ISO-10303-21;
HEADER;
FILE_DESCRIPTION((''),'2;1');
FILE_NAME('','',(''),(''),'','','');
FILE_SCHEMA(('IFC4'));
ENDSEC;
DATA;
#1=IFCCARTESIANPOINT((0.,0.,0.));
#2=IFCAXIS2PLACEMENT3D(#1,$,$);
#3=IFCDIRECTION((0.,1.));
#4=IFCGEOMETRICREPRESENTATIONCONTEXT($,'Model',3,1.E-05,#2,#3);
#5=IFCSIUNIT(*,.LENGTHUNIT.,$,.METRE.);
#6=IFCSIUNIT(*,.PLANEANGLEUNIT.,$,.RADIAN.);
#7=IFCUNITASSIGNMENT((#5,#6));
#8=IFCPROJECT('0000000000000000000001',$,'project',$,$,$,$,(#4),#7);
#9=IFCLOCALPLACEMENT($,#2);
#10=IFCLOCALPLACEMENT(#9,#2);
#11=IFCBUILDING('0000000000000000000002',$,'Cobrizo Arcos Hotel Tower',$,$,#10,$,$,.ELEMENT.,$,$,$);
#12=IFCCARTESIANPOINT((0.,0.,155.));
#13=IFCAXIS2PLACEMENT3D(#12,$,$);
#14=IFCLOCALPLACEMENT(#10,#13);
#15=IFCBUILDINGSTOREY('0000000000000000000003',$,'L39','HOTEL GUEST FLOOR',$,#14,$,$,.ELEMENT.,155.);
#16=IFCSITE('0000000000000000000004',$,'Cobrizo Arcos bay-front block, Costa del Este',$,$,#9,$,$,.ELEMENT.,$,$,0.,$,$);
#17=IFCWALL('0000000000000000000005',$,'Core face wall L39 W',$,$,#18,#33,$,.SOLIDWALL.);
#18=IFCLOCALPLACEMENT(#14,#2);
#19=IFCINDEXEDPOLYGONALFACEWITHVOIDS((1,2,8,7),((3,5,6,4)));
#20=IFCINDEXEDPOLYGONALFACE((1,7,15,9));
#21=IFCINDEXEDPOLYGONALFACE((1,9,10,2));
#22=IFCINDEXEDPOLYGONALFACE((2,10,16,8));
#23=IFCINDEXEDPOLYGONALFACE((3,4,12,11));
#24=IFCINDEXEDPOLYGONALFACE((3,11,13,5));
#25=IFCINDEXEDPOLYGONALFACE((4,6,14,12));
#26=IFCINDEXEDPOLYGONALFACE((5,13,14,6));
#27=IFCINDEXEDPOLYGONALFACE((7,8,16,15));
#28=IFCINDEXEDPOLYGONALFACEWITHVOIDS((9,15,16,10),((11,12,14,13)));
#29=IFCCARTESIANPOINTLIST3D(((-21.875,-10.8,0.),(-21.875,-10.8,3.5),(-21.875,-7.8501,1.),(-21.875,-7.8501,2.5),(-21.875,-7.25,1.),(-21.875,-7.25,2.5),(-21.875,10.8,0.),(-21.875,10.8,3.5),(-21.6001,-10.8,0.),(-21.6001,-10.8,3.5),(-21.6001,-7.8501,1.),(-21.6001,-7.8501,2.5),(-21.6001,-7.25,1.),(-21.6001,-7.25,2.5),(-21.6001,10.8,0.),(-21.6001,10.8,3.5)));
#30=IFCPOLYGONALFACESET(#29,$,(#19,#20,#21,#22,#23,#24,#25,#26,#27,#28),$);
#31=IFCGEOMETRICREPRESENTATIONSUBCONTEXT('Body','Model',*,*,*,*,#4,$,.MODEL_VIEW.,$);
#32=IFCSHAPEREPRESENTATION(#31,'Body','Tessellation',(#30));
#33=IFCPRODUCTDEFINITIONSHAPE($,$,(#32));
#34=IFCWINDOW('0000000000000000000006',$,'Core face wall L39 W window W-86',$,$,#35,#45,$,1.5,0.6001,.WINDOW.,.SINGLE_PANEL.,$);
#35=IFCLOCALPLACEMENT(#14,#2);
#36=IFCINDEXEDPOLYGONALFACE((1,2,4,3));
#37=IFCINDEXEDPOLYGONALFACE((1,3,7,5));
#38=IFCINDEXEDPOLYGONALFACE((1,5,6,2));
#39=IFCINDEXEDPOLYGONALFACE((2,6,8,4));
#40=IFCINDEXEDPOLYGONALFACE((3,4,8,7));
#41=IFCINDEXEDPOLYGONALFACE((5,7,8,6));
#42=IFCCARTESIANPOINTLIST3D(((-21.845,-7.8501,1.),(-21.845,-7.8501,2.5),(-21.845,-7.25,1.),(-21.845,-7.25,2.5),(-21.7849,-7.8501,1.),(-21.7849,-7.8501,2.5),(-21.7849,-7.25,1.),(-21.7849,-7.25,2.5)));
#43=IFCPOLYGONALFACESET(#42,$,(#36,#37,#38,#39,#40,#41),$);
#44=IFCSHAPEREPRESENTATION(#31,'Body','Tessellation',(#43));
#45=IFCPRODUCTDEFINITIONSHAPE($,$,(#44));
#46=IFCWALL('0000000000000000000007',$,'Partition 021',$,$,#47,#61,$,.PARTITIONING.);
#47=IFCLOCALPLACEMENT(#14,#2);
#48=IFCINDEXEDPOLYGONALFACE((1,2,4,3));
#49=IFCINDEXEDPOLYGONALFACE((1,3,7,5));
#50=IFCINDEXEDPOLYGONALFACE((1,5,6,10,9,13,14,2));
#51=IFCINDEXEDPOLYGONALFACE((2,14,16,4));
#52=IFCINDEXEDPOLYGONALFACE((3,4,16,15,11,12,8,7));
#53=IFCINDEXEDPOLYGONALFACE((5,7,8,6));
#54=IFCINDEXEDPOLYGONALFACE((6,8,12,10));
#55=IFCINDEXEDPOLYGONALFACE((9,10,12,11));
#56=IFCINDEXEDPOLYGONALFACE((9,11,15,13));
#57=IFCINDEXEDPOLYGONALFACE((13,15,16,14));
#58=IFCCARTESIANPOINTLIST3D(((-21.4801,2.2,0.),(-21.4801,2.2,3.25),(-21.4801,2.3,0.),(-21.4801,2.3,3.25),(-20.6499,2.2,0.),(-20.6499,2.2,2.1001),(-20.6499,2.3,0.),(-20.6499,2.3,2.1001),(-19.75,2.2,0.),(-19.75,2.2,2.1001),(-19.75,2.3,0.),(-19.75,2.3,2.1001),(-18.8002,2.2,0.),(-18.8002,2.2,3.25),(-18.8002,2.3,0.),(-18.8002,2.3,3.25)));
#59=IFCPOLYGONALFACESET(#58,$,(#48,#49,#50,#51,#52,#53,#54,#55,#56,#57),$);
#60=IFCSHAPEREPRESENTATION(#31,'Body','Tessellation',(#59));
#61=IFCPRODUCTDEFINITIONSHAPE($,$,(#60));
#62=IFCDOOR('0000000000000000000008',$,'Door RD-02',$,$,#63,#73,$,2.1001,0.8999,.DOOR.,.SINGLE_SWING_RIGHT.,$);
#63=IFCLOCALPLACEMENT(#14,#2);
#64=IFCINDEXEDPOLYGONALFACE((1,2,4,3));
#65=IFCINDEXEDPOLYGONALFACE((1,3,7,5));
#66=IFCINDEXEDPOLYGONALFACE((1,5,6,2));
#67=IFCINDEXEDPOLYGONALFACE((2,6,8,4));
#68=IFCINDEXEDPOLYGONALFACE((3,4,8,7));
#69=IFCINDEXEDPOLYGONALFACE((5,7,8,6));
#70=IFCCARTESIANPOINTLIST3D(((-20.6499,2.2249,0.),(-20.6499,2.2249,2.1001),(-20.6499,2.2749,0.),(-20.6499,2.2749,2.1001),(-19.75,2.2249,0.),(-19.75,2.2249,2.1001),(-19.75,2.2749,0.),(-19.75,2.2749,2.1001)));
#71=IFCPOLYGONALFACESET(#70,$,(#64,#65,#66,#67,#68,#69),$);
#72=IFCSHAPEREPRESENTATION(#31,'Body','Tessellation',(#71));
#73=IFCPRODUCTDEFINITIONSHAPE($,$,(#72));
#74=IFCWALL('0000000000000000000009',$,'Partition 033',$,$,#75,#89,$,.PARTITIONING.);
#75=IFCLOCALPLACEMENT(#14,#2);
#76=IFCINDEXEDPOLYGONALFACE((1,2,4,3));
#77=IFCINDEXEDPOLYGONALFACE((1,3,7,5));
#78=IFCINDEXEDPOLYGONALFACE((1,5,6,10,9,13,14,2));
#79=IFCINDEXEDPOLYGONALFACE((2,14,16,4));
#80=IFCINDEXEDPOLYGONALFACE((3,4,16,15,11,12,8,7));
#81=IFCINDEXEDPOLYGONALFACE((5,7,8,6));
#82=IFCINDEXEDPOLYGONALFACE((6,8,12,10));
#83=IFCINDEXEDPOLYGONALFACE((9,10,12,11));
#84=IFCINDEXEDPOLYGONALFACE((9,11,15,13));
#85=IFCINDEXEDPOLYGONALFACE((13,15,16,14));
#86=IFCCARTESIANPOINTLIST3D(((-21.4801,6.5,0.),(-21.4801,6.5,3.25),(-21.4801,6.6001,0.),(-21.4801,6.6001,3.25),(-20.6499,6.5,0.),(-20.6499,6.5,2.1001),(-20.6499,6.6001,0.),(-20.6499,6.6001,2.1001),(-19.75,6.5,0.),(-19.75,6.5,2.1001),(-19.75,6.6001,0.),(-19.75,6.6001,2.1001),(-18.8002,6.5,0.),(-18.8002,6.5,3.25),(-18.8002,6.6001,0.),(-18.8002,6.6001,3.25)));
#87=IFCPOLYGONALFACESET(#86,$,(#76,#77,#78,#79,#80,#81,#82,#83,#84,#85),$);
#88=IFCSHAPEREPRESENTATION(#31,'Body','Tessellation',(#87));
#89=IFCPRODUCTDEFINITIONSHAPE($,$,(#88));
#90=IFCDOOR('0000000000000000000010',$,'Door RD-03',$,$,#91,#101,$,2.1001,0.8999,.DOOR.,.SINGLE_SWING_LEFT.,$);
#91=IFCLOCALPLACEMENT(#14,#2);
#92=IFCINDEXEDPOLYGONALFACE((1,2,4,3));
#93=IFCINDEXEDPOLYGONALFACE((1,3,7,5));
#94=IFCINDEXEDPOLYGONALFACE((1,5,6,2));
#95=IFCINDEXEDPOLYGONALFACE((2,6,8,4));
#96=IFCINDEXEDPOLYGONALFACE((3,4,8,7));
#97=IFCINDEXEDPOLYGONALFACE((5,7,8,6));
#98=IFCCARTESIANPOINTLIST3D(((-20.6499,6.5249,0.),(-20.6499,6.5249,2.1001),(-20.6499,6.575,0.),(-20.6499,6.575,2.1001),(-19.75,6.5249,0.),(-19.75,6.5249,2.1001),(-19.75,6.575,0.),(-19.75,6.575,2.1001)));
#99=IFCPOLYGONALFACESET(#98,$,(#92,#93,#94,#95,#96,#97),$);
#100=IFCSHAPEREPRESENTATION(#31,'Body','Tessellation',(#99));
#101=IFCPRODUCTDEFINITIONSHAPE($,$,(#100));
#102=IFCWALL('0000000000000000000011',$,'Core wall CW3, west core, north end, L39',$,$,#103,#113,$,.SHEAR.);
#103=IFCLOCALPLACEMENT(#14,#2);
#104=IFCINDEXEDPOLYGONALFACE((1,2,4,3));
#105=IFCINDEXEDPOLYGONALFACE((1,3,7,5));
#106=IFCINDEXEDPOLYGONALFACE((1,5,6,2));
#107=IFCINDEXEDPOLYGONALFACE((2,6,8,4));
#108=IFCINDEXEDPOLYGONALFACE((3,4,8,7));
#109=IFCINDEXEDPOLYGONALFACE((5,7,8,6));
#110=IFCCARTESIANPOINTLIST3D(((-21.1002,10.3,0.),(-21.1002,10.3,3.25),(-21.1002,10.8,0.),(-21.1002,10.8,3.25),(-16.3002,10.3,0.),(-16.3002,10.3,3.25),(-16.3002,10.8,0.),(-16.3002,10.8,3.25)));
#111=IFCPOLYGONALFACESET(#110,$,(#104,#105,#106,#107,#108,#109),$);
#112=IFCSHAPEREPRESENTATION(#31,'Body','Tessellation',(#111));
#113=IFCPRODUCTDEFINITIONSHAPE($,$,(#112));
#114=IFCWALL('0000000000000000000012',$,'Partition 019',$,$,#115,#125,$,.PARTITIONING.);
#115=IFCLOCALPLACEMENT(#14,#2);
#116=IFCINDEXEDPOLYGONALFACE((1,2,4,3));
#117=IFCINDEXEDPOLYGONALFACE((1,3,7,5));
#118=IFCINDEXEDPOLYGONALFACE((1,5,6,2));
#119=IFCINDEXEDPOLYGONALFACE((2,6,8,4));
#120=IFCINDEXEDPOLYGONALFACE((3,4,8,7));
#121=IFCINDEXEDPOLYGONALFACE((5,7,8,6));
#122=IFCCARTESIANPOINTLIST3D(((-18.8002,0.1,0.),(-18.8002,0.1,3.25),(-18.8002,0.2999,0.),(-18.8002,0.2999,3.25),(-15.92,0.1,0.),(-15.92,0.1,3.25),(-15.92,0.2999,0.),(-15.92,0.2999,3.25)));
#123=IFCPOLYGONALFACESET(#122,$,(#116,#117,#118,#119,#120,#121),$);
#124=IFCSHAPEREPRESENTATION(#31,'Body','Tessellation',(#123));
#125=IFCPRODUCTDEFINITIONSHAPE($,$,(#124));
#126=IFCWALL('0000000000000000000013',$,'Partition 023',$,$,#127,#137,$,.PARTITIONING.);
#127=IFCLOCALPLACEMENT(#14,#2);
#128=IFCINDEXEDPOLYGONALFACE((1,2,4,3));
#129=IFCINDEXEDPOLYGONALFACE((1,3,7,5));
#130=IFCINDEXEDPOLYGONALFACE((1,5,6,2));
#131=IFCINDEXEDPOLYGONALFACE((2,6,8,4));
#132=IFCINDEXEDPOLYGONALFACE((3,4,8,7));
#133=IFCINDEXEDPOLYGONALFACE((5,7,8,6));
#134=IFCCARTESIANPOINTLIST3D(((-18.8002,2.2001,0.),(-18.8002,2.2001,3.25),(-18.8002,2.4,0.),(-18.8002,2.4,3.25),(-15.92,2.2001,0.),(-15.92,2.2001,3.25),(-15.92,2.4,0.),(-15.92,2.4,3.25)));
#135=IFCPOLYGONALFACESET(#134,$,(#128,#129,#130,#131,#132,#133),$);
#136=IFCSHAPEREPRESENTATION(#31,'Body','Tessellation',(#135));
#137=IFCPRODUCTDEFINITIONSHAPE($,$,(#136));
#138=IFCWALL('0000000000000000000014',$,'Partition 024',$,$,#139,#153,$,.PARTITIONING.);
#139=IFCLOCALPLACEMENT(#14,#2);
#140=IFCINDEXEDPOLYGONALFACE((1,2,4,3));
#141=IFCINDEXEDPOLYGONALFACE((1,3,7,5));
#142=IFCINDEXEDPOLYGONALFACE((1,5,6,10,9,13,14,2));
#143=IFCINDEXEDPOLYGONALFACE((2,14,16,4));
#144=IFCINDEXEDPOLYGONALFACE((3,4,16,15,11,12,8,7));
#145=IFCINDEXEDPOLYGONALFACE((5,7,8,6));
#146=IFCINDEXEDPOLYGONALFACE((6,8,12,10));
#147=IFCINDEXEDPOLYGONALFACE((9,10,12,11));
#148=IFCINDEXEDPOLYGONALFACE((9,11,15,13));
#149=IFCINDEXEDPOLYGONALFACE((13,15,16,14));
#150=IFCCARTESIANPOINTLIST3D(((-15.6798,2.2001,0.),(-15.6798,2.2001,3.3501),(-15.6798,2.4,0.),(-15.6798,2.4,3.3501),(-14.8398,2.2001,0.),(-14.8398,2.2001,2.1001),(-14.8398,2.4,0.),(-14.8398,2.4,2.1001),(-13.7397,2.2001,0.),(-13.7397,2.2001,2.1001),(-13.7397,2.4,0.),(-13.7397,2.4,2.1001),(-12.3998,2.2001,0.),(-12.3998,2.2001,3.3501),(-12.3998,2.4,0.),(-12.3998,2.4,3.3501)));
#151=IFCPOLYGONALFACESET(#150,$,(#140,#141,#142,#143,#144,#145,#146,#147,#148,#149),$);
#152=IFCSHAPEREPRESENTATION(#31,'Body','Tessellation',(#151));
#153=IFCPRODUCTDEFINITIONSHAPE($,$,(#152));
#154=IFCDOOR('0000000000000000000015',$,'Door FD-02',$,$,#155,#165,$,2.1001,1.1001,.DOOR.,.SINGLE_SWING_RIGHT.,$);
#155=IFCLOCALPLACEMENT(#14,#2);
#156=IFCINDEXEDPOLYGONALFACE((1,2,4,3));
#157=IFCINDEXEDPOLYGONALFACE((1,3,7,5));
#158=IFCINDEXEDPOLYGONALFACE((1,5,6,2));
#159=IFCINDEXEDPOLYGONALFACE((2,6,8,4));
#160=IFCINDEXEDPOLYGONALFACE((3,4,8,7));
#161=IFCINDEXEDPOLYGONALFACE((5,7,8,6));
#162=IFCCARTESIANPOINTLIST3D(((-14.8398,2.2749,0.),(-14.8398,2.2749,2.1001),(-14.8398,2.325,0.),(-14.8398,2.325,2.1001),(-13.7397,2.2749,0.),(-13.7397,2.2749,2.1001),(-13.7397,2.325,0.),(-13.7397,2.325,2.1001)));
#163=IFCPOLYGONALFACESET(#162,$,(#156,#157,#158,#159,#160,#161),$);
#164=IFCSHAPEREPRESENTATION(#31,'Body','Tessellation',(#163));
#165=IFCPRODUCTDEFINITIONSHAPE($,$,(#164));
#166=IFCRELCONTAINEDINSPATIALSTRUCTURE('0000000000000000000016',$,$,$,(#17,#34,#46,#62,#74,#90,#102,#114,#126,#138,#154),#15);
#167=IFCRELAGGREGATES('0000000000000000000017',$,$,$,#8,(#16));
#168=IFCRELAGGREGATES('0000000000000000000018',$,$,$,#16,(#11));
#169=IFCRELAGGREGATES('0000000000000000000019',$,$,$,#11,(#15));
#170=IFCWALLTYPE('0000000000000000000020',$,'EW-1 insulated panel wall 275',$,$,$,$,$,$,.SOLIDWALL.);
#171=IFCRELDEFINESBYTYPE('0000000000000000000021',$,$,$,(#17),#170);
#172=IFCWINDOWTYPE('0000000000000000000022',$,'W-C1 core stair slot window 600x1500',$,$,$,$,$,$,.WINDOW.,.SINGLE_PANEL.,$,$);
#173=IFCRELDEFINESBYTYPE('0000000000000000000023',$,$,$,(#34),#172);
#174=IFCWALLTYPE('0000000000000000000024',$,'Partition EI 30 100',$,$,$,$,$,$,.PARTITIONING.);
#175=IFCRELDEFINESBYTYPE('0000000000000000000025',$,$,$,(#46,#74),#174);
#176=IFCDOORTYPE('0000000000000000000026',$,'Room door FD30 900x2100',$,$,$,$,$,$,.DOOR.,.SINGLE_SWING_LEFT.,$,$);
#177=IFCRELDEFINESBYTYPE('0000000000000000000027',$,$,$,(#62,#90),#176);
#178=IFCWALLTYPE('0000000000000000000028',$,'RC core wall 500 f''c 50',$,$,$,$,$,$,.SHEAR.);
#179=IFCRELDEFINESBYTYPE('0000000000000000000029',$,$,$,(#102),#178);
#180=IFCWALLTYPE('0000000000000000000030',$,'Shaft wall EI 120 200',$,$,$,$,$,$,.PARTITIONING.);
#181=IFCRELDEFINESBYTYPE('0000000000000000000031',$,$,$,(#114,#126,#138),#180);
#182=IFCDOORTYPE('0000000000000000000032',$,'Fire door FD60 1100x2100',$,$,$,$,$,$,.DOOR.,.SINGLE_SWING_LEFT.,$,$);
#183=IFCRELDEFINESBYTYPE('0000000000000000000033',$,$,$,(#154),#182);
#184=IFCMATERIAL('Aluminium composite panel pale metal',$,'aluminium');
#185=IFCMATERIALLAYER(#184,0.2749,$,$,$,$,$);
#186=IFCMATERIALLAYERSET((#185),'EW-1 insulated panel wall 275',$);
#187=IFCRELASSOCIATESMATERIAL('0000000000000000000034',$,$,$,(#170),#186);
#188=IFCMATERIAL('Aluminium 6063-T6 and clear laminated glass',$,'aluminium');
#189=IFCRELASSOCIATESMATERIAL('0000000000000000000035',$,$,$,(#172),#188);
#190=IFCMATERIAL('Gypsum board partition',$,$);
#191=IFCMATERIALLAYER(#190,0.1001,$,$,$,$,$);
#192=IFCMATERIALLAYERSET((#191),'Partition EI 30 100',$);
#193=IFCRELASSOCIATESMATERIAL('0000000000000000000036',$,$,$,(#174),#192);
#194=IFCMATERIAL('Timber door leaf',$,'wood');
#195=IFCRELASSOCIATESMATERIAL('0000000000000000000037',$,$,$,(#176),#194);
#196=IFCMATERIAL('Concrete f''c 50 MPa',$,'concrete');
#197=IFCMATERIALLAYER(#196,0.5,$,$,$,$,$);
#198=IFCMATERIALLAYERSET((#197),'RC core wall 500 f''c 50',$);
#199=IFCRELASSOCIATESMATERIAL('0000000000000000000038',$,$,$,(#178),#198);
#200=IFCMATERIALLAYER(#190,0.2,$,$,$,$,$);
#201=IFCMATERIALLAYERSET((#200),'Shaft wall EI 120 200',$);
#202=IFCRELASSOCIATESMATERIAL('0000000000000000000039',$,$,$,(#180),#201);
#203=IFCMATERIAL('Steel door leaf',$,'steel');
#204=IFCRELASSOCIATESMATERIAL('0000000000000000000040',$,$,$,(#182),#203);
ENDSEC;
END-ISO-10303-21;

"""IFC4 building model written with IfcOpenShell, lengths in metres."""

from ifc_helpers import new_model, si_unit, direction, frame, frame_2d, origin, place, context, subcontext, project, spatial, rectangle, extrude, material, layer, layer_set, type_object, element, fill, save


model = new_model("IFC4")

# Units and contexts
model_context = context("Model", 3, precision=1e-05, world=origin(), true_north=direction((0.0, 1.0)))
body_context = subcontext(model_context, "Body", "Model", "MODEL_VIEW")
ifc_project = project(units=[si_unit("LENGTHUNIT", "METRE"), si_unit("PLANEANGLEUNIT", "RADIAN")], contexts=[model_context])

# Site, building, storey
site_placement = place(None, origin())
site = spatial("IfcSite", under=ifc_project, at=site_placement, Name="Cobrizo Arcos bay-front block, Costa del Este", CompositionType="ELEMENT", RefElevation=0.0)
building_placement = place(site_placement, origin())
building = spatial("IfcBuilding", under=site, at=building_placement, Name="Cobrizo Arcos Hotel Tower", CompositionType="ELEMENT")
storey_placement = place(building_placement, frame((0.0, 0.0, 155.0)))
storey = spatial("IfcBuildingStorey", under=building, at=storey_placement, Name="L39", Description="HOTEL GUEST FLOOR", CompositionType="ELEMENT", Elevation=155.0)

# Shared definitions
ifc_material_1 = material(Name="Aluminium composite panel pale metal", Category="aluminium")

# Shared definitions
ifc_material_2 = material(Name="Gypsum board partition")
ifc_material_3 = material(Name="Timber door leaf", Category="wood")

# Wall, opening, window
ifc_layer_1 = layer(ifc_material_1, 0.2749)
ifc_layer_set_1 = layer_set([ifc_layer_1], Name="EW-1 insulated panel wall 275")
wall_type_1 = type_object("IfcWallType", Name="EW-1 insulated panel wall 275", PredefinedType="SOLIDWALL", material=ifc_layer_set_1)
wall_1_placement = place(storey_placement, frame((-21.7375, 10.8, 0.0), z_axis=(0.0, 0.0, 1.0), x_axis=(0.0, -1.0, 0.0)))
wall_1 = element("IfcWall", 1, at=wall_1_placement, inside=storey, type_object=wall_type_1, Name="Core face wall L39 W", PredefinedType="SOLIDWALL", context=body_context, shape_type="SweptSolid", body=[
    extrude(rectangle(XDim=21.6001, YDim=0.2749, at=frame_2d((10.8, 0.0))), origin(), (0.0, 0.0, 1.0), 3.5),
])
opening_1_placement = place(wall_1_placement, frame((18.05, 0.0, 1.0)))
opening_1 = element("IfcOpeningElement", 2, at=opening_1_placement, cuts=wall_1, PredefinedType="OPENING", context=body_context, shape_type="SweptSolid", body=[
    extrude(rectangle(XDim=0.6001, YDim=1.5, at=frame_2d((0.3, 0.75))), frame((0.0, 0.1494, 0.0), z_axis=(0.0, -1.0, 0.0), x_axis=(1.0, 0.0, 0.0)), (0.0, 0.0, 1.0), 0.2988),
])
ifc_material_4 = material(Name="Aluminium 6063-T6 and clear laminated glass", Category="aluminium")
window_type = type_object("IfcWindowType", Name="W-C1 core stair slot window 600x1500", PartitioningType="SINGLE_PANEL", PredefinedType="WINDOW", material=ifc_material_4)
window_placement = place(opening_1_placement, origin())
window = element("IfcWindow", 3, at=window_placement, inside=storey, type_object=window_type, Name="Core face wall L39 W window W-86", OverallHeight=1.5, OverallWidth=0.6001, PartitioningType="SINGLE_PANEL", PredefinedType="WINDOW", context=body_context, shape_type="SweptSolid", body=[
    extrude(rectangle(XDim=0.6001, YDim=1.5, at=frame_2d((0.3, 0.75))), frame((0.0, -0.0474, 0.0), z_axis=(0.0, -1.0, 0.0), x_axis=(1.0, 0.0, 0.0)), (0.0, 0.0, 1.0), 0.0601),
])
fill(opening_1, window)

# Walls, openings, doors
ifc_layer_2 = layer(ifc_material_2, 0.1001)
ifc_layer_set_2 = layer_set([ifc_layer_2], Name="Partition EI 30 100")
wall_type_2 = type_object("IfcWallType", Name="Partition EI 30 100", PredefinedType="PARTITIONING", material=ifc_layer_set_2)
wall_2_placement = place(storey_placement, frame((-21.48, 2.25, 0.0), z_axis=(0.0, 0.0, 1.0), x_axis=(1.0, 0.0, 0.0)))
wall_2 = element("IfcWall", 4, at=wall_2_placement, inside=storey, type_object=wall_type_2, Name="Partition 021", PredefinedType="PARTITIONING", context=body_context, shape_type="SweptSolid", body=[
    extrude(rectangle(XDim=2.6799, YDim=0.1001, at=frame_2d((1.3398, 0.0))), origin(), (0.0, 0.0, 1.0), 3.25),
])
opening_2_placement = place(wall_2_placement, frame((0.8301, 0.0, 0.0)))
opening_2 = element("IfcOpeningElement", 5, at=opening_2_placement, cuts=wall_2, PredefinedType="OPENING", context=body_context, shape_type="SweptSolid", body=[
    extrude(rectangle(XDim=0.8999, YDim=2.1001, at=frame_2d((0.45, 1.05))), frame((0.0, 0.062, 0.0), z_axis=(0.0, -1.0, 0.0), x_axis=(1.0, 0.0, 0.0)), (0.0, 0.0, 1.0), 0.124),
])
door_type_1 = type_object("IfcDoorType", Name="Room door FD30 900x2100", OperationType="SINGLE_SWING_LEFT", PredefinedType="DOOR", material=ifc_material_3)
door_1_placement = place(opening_2_placement, origin())
door_1 = element("IfcDoor", 6, at=door_1_placement, inside=storey, type_object=door_type_1, Name="Door RD-02", OperationType="SINGLE_SWING_RIGHT", OverallHeight=2.1001, OverallWidth=0.8999, PredefinedType="DOOR", context=body_context, shape_type="SweptSolid", body=[
    extrude(rectangle(XDim=0.8999, YDim=2.1001, at=frame_2d((0.45, 1.05))), frame((0.0, 0.0249, 0.0), z_axis=(0.0, -1.0, 0.0), x_axis=(1.0, 0.0, 0.0)), (0.0, 0.0, 1.0), 0.05),
])
fill(opening_2, door_1)
wall_3_placement = place(storey_placement, frame((-21.48, 6.55, 0.0), z_axis=(0.0, 0.0, 1.0), x_axis=(1.0, 0.0, 0.0)))
wall_3 = element("IfcWall", 7, at=wall_3_placement, inside=storey, type_object=wall_type_2, Name="Partition 033", PredefinedType="PARTITIONING", context=body_context, shape_type="SweptSolid", body=[
    extrude(rectangle(XDim=2.6799, YDim=0.1001, at=frame_2d((1.3398, 0.0))), origin(), (0.0, 0.0, 1.0), 3.25),
])
opening_3_placement = place(wall_3_placement, frame((0.8301, 0.0, 0.0)))
opening_3 = element("IfcOpeningElement", 8, at=opening_3_placement, cuts=wall_3, PredefinedType="OPENING", context=body_context, shape_type="SweptSolid", body=[
    extrude(rectangle(XDim=0.8999, YDim=2.1001, at=frame_2d((0.45, 1.05))), frame((0.0, 0.062, 0.0), z_axis=(0.0, -1.0, 0.0), x_axis=(1.0, 0.0, 0.0)), (0.0, 0.0, 1.0), 0.124),
])
door_2_placement = place(opening_3_placement, origin())
door_2 = element("IfcDoor", 9, at=door_2_placement, inside=storey, type_object=door_type_1, Name="Door RD-03", OperationType="SINGLE_SWING_LEFT", OverallHeight=2.1001, OverallWidth=0.8999, PredefinedType="DOOR", context=body_context, shape_type="SweptSolid", body=[
    extrude(rectangle(XDim=0.8999, YDim=2.1001, at=frame_2d((0.45, 1.05))), frame((0.0, 0.0249, 0.0), z_axis=(0.0, -1.0, 0.0), x_axis=(1.0, 0.0, 0.0)), (0.0, 0.0, 1.0), 0.05),
])
fill(opening_3, door_2)

# Walls
ifc_material_5 = material(Name="Concrete f'c 50 MPa", Category="concrete")
ifc_layer_3 = layer(ifc_material_5, 0.5)
ifc_layer_set_3 = layer_set([ifc_layer_3], Name="RC core wall 500 f'c 50")
wall_type_3 = type_object("IfcWallType", Name="RC core wall 500 f'c 50", PredefinedType="SHEAR", material=ifc_layer_set_3)
wall_4_placement = place(storey_placement, frame((-21.1001, 10.55, 0.0), z_axis=(0.0, 0.0, 1.0), x_axis=(1.0, 0.0, 0.0)))
element("IfcWall", 10, at=wall_4_placement, inside=storey, type_object=wall_type_3, Name="Core wall CW3, west core, north end, L39", PredefinedType="SHEAR", context=body_context, shape_type="SweptSolid", body=[
    extrude(rectangle(XDim=4.8, YDim=0.5, at=frame_2d((2.3999, 0.0))), origin(), (0.0, 0.0, 1.0), 3.25),
])
ifc_layer_4 = layer(ifc_material_2, 0.2)
ifc_layer_set_4 = layer_set([ifc_layer_4], Name="Shaft wall EI 120 200")
wall_type_4 = type_object("IfcWallType", Name="Shaft wall EI 120 200", PredefinedType="PARTITIONING", material=ifc_layer_set_4)
for number, where, z_axis, x_axis, name in (
    (11, (-18.8, 0.2, 0.0), (0.0, 0.0, 1.0), (1.0, 0.0, 0.0), "Partition 019"),
    (12, (-18.8, 2.3, 0.0), (0.0, 0.0, 1.0), (1.0, 0.0, 0.0), "Partition 023"),
):
    element("IfcWall", number, at=place(storey_placement, frame(where, z_axis=z_axis, x_axis=x_axis)), inside=storey, type_object=wall_type_4, Name=name, PredefinedType="PARTITIONING", context=body_context, shape_type="SweptSolid", body=[
        extrude(rectangle(XDim=2.8801, YDim=0.2, at=frame_2d((1.4399, 0.0))), origin(), (0.0, 0.0, 1.0), 3.25),
    ])

# Wall, opening, door
wall_5_placement = place(storey_placement, frame((-15.6799, 2.3, 0.0), z_axis=(0.0, 0.0, 1.0), x_axis=(1.0, 0.0, 0.0)))
wall_5 = element("IfcWall", 13, at=wall_5_placement, inside=storey, type_object=wall_type_4, Name="Partition 024", PredefinedType="PARTITIONING", context=body_context, shape_type="SweptSolid", body=[
    extrude(rectangle(XDim=3.28, YDim=0.2, at=frame_2d((1.6401, 0.0))), origin(), (0.0, 0.0, 1.0), 3.3501),
])
opening_4_placement = place(wall_5_placement, frame((0.8401, 0.0, 0.0)))
opening_4 = element("IfcOpeningElement", 14, at=opening_4_placement, cuts=wall_5, PredefinedType="OPENING", context=body_context, shape_type="SweptSolid", body=[
    extrude(rectangle(XDim=1.1001, YDim=2.1001, at=frame_2d((0.55, 1.05))), frame((0.0, 0.1121, 0.0), z_axis=(0.0, -1.0, 0.0), x_axis=(1.0, 0.0, 0.0)), (0.0, 0.0, 1.0), 0.2239),
])
ifc_material_6 = material(Name="Steel door leaf", Category="steel")
door_type_2 = type_object("IfcDoorType", Name="Fire door FD60 1100x2100", OperationType="SINGLE_SWING_LEFT", PredefinedType="DOOR", material=ifc_material_6)
door_3_placement = place(opening_4_placement, origin())
door_3 = element("IfcDoor", 15, at=door_3_placement, inside=storey, type_object=door_type_2, Name="Door FD-02", OperationType="SINGLE_SWING_RIGHT", OverallHeight=2.1001, OverallWidth=1.1001, PredefinedType="DOOR", context=body_context, shape_type="SweptSolid", body=[
    extrude(rectangle(XDim=1.1001, YDim=2.1001, at=frame_2d((0.55, 1.05))), frame((0.0, 0.0249, 0.0), z_axis=(0.0, -1.0, 0.0), x_axis=(1.0, 0.0, 0.0)), (0.0, 0.0, 1.0), 0.05),
])
fill(opening_4, door_3)

save(model, "model.ifc")
